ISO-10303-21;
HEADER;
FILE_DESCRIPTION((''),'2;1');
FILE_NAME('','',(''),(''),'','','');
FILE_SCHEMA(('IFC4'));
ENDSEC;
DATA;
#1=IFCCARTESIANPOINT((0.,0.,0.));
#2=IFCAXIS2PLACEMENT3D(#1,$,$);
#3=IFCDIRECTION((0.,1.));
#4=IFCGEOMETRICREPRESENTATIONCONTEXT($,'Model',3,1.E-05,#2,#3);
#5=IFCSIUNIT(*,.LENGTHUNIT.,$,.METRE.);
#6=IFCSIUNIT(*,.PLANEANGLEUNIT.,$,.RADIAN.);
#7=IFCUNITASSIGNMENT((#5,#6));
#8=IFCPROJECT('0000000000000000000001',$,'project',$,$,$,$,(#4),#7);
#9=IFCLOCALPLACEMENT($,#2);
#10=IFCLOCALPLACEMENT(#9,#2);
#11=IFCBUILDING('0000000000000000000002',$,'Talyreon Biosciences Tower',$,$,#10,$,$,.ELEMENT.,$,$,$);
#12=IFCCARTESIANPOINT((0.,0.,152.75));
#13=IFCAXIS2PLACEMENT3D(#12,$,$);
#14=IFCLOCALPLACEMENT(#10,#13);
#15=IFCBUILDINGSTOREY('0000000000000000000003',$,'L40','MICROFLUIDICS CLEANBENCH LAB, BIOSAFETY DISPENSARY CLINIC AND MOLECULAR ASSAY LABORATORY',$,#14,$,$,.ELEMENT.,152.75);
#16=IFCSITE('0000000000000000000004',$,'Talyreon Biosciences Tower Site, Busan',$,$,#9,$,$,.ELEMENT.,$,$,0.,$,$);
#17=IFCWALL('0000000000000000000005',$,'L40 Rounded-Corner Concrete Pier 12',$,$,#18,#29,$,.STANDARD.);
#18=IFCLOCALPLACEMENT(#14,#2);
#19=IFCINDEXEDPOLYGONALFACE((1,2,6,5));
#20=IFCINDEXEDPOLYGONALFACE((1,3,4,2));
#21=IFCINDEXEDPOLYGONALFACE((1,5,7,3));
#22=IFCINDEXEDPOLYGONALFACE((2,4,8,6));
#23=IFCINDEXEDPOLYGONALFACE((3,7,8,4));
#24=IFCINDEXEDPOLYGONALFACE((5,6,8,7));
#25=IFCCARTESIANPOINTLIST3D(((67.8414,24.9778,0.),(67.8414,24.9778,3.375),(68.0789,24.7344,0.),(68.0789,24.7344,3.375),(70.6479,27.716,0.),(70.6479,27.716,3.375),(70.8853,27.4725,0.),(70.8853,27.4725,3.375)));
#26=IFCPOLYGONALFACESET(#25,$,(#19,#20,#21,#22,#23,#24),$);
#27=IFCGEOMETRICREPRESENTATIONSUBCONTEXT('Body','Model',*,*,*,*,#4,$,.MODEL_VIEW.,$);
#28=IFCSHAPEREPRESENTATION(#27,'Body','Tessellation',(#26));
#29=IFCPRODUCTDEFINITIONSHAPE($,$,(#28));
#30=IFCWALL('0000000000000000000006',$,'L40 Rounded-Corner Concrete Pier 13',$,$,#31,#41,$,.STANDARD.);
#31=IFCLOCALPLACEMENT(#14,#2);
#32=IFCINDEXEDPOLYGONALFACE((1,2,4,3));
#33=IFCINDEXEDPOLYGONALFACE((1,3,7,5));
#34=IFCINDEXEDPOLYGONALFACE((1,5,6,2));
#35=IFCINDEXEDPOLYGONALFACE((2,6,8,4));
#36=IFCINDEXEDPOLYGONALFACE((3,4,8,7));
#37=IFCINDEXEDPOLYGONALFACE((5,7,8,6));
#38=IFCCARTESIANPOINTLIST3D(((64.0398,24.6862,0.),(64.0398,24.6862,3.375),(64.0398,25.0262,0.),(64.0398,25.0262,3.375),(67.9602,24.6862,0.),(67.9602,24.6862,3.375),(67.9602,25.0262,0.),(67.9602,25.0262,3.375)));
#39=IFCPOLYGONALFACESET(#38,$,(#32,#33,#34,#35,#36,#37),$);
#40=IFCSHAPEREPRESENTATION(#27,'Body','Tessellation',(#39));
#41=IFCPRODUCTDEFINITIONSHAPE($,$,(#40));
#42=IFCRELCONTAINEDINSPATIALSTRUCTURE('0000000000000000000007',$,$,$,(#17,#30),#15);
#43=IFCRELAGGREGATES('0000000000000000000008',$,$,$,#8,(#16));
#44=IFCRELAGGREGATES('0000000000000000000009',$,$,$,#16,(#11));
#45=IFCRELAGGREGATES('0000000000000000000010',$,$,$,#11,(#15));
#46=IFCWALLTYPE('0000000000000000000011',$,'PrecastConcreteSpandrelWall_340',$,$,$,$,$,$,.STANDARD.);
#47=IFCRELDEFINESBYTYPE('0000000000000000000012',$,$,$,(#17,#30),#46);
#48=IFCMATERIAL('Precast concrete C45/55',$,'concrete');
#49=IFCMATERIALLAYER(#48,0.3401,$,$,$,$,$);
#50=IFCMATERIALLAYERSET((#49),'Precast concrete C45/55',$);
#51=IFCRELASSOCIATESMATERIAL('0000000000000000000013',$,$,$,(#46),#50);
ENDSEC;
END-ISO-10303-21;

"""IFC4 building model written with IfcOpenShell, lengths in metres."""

from ifc_helpers import new_model, si_unit, direction, frame, frame_2d, origin, place, context, subcontext, project, spatial, rectangle, extrude, material, layer, layer_set, type_object, element, save


model = new_model("IFC4")

# Units and contexts
model_context = context("Model", 3, precision=1e-05, world=origin(), true_north=direction((0.0, 1.0)))
body_context = subcontext(model_context, "Body", "Model", "MODEL_VIEW")
ifc_project = project(units=[si_unit("LENGTHUNIT", "METRE"), si_unit("PLANEANGLEUNIT", "RADIAN")], contexts=[model_context])

# Site, building, storey
site_placement = place(None, origin())
site = spatial("IfcSite", under=ifc_project, at=site_placement, Name="Talyreon Biosciences Tower Site, Busan", CompositionType="ELEMENT", RefElevation=0.0)
building_placement = place(site_placement, origin())
building = spatial("IfcBuilding", under=site, at=building_placement, Name="Talyreon Biosciences Tower", CompositionType="ELEMENT")
storey_placement = place(building_placement, frame((0.0, 0.0, 152.75)))
storey = spatial("IfcBuildingStorey", under=building, at=storey_placement, Name="L40", Description="MICROFLUIDICS CLEANBENCH LAB, BIOSAFETY DISPENSARY CLINIC AND MOLECULAR ASSAY LABORATORY", CompositionType="ELEMENT", Elevation=152.75)

# Shared definitions
ifc_material_1 = material(Name="Precast concrete C45/55", Category="concrete")

# Walls
ifc_layer_1 = layer(ifc_material_1, 0.3401)
ifc_layer_set_1 = layer_set([ifc_layer_1], Name="Precast concrete C45/55")
wall_type_1 = type_object("IfcWallType", Name="PrecastConcreteSpandrelWall_340", PredefinedType="STANDARD", material=ifc_layer_set_1)
wall_1_placement = place(storey_placement, frame((70.7666, 27.5942, 0.0), z_axis=(0.0, 0.0, 1.0), x_axis=(-0.715771, -0.698336, 0.0)))
element("IfcWall", 1, at=wall_1_placement, inside=storey, type_object=wall_type_1, Name="L40 Rounded-Corner Concrete Pier 12", PredefinedType="STANDARD", context=body_context, shape_type="SweptSolid", body=[
    extrude(rectangle(XDim=3.9209, YDim=0.3401, at=frame_2d((1.9604, 0.0))), origin(), (0.0, 0.0, 1.0), 3.375),
])
wall_2_placement = place(storey_placement, frame((67.9602, 24.8562, 0.0), z_axis=(0.0, 0.0, 1.0), x_axis=(-1.0, 0.0, 0.0)))
element("IfcWall", 2, at=wall_2_placement, inside=storey, type_object=wall_type_1, Name="L40 Rounded-Corner Concrete Pier 13", PredefinedType="STANDARD", context=body_context, shape_type="SweptSolid", body=[
    extrude(rectangle(XDim=3.9204, YDim=0.3401, at=frame_2d((1.9602, 0.0))), origin(), (0.0, 0.0, 1.0), 3.375),
])

save(model, "model.ifc")
